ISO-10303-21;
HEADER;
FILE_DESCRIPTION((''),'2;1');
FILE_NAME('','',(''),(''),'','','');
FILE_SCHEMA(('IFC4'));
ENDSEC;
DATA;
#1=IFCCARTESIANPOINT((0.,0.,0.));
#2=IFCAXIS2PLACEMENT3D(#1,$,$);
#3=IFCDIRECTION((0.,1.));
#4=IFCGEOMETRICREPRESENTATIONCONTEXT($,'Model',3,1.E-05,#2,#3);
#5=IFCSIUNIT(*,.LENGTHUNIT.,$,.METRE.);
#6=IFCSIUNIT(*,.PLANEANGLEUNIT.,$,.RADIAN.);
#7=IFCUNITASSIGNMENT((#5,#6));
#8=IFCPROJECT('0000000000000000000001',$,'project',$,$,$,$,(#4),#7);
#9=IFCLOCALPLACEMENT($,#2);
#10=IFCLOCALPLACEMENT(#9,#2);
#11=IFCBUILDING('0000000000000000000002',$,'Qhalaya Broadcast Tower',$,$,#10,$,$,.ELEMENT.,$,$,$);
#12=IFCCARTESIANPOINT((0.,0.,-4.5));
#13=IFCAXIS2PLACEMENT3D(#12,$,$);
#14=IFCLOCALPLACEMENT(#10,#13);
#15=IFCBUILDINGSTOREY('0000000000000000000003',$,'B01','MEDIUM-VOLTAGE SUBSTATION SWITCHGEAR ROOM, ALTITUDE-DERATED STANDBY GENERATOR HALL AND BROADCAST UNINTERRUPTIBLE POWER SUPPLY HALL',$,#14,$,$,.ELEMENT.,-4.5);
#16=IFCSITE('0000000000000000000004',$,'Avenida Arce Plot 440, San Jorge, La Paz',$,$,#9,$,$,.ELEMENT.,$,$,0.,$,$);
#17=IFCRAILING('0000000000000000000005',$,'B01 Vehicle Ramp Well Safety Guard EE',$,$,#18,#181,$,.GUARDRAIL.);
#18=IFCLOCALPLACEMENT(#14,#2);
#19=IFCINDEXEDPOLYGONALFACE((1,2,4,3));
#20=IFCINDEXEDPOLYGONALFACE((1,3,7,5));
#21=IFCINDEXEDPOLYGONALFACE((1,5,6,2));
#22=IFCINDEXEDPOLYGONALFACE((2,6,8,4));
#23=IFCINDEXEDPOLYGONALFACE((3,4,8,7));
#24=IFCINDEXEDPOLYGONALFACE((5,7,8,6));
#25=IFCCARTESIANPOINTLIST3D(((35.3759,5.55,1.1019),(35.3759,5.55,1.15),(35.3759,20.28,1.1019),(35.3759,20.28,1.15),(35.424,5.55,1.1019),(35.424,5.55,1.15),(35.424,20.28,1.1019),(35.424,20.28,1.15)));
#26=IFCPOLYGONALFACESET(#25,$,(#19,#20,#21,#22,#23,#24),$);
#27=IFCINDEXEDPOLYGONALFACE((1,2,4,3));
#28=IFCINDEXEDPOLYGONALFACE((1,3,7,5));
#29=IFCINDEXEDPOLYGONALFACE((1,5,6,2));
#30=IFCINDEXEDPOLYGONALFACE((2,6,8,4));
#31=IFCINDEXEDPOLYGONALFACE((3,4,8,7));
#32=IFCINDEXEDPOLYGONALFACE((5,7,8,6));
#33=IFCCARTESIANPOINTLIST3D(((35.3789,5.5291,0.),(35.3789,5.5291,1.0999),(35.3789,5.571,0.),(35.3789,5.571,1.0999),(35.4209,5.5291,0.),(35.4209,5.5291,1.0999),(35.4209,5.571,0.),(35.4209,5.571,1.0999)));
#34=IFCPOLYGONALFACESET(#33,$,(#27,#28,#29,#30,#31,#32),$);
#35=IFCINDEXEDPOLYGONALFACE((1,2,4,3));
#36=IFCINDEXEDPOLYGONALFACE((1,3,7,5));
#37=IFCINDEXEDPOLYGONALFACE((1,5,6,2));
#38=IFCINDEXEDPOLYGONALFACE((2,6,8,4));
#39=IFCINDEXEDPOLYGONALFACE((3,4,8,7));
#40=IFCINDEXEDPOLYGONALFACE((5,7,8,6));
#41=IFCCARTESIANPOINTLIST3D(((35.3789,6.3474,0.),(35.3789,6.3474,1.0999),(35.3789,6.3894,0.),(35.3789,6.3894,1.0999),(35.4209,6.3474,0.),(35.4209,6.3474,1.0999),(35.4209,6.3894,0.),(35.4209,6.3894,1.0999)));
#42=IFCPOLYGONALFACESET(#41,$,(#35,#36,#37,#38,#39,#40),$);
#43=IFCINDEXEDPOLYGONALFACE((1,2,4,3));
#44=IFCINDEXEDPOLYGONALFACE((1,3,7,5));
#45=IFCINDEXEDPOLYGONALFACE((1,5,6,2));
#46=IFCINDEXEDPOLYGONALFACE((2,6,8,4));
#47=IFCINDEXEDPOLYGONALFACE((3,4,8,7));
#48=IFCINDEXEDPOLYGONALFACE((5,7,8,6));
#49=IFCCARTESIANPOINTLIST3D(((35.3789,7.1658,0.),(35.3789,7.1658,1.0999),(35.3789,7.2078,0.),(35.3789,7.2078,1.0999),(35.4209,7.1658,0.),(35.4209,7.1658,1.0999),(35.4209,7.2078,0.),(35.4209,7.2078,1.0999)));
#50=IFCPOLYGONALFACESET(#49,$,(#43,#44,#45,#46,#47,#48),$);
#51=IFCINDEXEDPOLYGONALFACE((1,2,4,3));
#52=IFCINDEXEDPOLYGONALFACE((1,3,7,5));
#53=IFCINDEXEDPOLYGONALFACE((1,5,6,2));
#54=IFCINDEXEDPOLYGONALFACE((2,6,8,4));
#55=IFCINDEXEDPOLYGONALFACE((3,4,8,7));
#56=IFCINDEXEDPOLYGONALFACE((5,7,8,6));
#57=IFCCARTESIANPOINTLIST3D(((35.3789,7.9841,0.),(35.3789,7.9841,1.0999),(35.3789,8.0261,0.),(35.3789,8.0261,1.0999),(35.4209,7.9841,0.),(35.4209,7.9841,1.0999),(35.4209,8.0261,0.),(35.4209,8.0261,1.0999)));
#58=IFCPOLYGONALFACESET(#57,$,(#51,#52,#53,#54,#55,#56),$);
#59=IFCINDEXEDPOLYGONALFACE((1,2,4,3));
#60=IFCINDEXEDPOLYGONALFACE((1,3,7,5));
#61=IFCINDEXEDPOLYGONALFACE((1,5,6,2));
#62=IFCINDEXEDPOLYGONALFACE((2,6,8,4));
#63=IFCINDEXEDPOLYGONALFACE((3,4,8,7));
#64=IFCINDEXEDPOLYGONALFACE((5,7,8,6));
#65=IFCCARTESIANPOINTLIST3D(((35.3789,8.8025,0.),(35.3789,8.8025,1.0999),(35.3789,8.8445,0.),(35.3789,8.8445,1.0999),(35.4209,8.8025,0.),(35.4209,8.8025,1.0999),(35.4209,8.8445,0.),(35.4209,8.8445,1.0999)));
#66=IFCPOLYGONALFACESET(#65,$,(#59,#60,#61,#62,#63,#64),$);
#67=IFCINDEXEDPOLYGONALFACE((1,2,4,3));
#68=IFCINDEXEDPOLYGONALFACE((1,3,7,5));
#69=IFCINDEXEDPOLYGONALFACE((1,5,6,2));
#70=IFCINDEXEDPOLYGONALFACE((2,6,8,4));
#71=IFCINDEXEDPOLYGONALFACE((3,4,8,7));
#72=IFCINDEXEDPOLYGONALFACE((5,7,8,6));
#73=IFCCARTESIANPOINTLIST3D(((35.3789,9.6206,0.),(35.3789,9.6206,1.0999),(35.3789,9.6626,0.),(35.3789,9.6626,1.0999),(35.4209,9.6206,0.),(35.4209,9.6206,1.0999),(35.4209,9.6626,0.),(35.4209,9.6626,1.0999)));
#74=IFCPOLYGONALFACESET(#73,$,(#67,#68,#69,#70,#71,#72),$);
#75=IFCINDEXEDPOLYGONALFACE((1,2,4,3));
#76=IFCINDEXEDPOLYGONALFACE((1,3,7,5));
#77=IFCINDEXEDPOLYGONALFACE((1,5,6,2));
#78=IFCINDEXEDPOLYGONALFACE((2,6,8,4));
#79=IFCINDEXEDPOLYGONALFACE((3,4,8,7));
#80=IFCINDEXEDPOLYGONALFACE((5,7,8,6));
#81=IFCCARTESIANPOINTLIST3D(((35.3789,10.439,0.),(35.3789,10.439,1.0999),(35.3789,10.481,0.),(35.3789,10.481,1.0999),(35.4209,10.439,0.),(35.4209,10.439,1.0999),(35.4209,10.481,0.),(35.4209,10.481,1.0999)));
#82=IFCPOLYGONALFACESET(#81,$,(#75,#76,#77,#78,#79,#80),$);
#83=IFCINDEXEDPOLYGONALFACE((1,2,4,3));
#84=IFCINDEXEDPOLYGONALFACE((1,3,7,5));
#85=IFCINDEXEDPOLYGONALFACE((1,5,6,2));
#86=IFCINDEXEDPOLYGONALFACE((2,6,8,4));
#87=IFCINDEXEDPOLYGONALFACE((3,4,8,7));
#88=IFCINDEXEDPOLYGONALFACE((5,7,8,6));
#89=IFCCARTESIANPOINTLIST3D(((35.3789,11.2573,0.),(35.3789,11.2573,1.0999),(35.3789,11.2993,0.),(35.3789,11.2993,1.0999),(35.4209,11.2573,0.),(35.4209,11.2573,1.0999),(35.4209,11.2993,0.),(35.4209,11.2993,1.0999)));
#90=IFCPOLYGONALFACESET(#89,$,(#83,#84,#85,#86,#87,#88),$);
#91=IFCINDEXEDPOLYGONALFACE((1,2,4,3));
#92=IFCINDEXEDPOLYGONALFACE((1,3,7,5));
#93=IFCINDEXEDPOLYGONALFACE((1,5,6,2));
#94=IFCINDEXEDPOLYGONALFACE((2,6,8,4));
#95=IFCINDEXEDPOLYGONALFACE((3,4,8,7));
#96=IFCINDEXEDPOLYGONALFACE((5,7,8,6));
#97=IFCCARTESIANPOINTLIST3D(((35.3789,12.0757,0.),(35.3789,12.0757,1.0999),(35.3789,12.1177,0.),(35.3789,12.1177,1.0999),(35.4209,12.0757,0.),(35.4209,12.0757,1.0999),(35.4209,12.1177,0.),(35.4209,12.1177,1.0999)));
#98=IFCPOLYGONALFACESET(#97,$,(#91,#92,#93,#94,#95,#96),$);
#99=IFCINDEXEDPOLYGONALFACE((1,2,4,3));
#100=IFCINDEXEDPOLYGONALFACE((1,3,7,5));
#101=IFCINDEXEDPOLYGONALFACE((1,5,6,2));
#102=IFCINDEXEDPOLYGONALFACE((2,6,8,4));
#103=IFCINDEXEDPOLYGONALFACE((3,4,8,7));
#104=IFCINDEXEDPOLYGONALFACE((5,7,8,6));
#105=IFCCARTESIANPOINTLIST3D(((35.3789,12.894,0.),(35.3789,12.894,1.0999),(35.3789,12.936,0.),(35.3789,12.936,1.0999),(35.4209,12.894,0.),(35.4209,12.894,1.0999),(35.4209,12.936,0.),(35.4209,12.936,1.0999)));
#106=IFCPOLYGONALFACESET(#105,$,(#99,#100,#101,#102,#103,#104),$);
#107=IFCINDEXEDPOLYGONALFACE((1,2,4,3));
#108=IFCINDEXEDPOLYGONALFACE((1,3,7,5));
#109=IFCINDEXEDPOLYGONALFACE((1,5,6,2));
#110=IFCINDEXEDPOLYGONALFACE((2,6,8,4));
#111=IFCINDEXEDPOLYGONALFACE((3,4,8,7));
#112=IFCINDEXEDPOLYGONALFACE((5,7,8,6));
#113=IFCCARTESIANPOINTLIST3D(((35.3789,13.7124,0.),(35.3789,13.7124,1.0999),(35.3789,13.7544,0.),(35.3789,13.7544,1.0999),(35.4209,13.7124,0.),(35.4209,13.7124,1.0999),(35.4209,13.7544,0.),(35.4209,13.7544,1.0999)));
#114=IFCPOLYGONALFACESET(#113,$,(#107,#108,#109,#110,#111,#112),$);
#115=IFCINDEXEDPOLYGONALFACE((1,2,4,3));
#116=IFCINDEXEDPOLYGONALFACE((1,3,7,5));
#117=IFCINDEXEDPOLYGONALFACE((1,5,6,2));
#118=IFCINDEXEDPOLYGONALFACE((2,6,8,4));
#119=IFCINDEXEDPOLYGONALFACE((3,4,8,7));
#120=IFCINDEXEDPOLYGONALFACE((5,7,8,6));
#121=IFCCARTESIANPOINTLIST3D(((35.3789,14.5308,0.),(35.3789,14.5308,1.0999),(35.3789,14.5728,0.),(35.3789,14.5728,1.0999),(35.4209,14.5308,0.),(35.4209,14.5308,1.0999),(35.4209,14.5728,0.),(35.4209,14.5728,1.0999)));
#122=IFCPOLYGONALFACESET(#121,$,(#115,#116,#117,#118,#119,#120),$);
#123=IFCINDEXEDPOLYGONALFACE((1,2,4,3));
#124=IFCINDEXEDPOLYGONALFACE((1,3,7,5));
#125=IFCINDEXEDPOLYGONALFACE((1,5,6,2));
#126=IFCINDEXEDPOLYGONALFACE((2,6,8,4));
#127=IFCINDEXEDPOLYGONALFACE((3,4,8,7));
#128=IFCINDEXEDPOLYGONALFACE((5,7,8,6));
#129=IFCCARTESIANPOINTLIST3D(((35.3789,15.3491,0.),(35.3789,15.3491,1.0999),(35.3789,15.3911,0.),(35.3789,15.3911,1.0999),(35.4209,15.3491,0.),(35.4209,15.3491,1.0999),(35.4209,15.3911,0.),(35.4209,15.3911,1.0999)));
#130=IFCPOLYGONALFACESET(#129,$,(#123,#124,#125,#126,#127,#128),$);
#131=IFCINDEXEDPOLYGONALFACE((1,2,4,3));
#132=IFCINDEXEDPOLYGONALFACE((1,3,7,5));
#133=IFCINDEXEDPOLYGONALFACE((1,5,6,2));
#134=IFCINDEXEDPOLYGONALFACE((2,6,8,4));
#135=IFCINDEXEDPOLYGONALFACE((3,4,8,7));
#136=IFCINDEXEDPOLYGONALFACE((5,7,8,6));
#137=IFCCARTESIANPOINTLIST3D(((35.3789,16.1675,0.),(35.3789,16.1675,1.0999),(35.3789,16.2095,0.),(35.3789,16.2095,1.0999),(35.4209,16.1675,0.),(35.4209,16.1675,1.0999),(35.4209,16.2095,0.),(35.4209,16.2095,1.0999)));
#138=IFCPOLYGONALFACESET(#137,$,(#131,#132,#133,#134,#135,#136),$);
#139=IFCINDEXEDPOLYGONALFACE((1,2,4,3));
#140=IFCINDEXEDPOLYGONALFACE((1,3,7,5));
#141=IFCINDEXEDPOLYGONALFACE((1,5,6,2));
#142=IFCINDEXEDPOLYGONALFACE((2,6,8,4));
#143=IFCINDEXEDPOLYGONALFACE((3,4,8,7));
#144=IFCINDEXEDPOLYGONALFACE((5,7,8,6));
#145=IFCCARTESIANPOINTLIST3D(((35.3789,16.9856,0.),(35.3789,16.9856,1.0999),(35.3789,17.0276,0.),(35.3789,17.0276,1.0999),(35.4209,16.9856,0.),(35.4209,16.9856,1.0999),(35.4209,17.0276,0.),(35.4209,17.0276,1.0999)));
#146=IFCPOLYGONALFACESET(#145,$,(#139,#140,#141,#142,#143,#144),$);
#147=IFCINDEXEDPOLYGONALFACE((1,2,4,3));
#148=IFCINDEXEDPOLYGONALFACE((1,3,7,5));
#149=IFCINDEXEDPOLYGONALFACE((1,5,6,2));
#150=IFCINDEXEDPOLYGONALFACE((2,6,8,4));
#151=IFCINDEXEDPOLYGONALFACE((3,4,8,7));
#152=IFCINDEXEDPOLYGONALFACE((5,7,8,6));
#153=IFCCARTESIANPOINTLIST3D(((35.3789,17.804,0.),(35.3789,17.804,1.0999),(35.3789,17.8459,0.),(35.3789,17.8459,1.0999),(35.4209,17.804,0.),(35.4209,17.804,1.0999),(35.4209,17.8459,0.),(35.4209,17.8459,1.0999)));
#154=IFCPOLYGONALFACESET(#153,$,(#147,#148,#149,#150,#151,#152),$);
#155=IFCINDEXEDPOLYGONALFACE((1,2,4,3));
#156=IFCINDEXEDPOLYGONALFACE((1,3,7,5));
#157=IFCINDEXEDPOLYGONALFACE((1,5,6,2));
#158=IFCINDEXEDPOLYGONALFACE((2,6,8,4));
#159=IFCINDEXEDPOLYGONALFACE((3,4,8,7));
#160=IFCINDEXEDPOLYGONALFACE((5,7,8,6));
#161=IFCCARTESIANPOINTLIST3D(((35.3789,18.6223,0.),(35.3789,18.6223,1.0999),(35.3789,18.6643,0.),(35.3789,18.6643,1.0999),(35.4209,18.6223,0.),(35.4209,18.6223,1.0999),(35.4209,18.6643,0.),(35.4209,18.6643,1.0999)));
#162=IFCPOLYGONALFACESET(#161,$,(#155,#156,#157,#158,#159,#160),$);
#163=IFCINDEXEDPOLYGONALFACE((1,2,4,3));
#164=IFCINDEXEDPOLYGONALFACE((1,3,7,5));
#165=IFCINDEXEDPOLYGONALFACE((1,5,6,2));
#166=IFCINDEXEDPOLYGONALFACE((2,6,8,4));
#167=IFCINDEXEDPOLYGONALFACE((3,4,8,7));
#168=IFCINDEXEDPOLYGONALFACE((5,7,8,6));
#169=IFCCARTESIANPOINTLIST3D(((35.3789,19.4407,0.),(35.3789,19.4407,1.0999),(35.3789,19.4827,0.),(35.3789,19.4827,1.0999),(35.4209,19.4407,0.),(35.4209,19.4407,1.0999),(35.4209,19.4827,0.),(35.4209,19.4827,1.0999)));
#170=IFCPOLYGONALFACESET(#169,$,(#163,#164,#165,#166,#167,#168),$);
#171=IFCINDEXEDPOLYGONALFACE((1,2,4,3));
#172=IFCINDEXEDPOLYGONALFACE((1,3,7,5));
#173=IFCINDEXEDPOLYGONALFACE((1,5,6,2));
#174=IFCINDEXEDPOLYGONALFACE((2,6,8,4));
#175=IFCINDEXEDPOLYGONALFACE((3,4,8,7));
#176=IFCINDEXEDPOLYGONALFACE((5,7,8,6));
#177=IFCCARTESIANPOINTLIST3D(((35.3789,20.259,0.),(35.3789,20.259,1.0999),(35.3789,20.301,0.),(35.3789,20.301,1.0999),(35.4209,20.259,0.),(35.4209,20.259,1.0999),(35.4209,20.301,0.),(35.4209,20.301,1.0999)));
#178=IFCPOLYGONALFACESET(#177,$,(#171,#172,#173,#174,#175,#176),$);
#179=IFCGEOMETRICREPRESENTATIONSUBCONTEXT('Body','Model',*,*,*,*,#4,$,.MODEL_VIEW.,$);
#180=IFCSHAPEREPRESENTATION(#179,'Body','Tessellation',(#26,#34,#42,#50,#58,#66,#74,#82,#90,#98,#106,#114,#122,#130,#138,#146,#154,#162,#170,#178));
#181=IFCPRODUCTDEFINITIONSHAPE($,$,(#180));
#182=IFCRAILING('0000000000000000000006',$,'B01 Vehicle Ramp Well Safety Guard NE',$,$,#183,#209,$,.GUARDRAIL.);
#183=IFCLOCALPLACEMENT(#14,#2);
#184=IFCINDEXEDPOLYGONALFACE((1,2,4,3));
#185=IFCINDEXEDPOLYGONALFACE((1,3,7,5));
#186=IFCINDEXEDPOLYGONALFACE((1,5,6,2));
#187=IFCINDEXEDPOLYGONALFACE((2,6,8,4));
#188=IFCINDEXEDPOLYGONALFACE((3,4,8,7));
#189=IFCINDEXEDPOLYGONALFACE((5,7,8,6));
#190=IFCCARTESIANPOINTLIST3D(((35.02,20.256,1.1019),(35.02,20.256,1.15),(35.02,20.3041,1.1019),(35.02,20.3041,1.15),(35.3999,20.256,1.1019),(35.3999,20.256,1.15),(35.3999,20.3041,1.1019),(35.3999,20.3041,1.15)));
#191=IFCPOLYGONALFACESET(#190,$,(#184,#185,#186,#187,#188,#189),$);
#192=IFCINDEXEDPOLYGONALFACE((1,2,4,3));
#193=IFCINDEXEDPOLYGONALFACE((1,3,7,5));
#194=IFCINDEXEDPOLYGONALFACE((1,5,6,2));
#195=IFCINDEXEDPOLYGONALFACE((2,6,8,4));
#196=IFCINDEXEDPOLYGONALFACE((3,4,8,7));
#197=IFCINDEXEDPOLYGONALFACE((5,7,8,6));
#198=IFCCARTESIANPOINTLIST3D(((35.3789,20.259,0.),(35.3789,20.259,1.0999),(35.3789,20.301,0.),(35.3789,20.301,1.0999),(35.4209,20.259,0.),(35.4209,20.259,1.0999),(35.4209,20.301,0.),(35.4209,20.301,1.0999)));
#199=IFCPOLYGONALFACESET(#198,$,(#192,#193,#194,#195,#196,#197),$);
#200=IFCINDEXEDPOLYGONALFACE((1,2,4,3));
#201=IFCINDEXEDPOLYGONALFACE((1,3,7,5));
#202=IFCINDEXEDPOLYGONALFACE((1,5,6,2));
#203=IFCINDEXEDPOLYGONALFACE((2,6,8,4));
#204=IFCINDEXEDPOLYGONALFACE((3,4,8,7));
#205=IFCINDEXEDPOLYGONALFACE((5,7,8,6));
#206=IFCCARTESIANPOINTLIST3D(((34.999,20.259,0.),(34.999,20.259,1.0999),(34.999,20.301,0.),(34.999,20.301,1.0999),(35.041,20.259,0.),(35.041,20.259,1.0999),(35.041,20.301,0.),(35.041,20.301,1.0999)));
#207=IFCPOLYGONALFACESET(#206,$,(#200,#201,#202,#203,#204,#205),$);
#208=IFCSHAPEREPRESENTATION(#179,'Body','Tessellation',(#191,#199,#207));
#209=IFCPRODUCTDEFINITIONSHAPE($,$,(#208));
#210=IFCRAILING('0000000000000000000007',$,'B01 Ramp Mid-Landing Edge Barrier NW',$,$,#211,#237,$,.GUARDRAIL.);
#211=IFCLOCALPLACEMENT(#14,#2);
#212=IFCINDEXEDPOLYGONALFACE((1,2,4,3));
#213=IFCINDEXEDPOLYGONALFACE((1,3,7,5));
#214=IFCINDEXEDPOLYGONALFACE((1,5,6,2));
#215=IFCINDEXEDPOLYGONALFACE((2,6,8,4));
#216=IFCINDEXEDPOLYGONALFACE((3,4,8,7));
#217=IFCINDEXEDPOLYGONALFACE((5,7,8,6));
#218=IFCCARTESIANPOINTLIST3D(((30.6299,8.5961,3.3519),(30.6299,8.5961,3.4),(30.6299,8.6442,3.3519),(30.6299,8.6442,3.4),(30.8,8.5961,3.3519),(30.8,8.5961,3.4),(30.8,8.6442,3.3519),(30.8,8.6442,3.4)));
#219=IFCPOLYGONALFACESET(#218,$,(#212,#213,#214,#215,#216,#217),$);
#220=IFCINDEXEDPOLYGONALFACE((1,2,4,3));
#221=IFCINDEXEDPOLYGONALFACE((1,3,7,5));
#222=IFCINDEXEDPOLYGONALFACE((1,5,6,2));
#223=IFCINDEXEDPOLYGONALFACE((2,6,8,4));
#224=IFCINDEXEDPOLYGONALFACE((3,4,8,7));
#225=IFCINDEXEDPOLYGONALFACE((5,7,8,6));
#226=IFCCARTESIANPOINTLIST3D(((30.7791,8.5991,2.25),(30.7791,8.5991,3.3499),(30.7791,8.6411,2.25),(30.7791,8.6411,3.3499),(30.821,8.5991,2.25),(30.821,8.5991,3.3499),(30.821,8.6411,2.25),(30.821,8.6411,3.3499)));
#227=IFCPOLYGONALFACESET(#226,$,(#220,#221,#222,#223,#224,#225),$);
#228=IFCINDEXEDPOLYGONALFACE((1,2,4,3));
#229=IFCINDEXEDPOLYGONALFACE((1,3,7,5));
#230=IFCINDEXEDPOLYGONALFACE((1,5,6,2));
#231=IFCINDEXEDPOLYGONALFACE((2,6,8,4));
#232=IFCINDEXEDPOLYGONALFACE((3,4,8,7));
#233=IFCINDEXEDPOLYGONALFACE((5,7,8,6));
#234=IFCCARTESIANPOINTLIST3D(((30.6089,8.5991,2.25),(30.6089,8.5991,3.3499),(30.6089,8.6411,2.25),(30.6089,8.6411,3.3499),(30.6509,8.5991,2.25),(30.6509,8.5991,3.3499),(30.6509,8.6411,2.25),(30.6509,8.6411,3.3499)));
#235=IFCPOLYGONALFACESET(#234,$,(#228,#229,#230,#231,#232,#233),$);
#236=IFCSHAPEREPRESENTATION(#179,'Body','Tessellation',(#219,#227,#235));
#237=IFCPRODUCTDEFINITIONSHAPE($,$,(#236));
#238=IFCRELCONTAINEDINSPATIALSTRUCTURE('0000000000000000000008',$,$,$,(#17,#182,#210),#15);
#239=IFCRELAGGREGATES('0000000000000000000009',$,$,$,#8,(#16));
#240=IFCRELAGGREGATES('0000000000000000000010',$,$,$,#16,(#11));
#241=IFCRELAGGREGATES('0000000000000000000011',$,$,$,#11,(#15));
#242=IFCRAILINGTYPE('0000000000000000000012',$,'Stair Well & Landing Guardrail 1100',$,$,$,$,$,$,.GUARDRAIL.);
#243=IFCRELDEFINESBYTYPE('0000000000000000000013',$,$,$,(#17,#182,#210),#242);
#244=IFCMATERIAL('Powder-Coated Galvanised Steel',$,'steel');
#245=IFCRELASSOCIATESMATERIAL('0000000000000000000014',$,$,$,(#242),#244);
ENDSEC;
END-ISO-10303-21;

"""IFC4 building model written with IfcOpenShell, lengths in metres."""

from ifc_helpers import new_model, si_unit, direction, frame, origin, origin_2d, place, context, subcontext, project, spatial, rectangle, extrude, material, type_object, element, save


model = new_model("IFC4")

# Units and contexts
model_context = context("Model", 3, precision=1e-05, world=origin(), true_north=direction((0.0, 1.0)))
body_context = subcontext(model_context, "Body", "Model", "MODEL_VIEW")
ifc_project = project(units=[si_unit("LENGTHUNIT", "METRE"), si_unit("PLANEANGLEUNIT", "RADIAN")], contexts=[model_context])

# Site, building, storey
site_placement = place(None, origin())
site = spatial("IfcSite", under=ifc_project, at=site_placement, Name="Avenida Arce Plot 440, San Jorge, La Paz", CompositionType="ELEMENT", RefElevation=0.0)
building_placement = place(site_placement, origin())
building = spatial("IfcBuilding", under=site, at=building_placement, Name="Qhalaya Broadcast Tower", CompositionType="ELEMENT")
storey_placement = place(building_placement, frame((0.0, 0.0, -4.5)))
storey = spatial("IfcBuildingStorey", under=building, at=storey_placement, Name="B01", Description="MEDIUM-VOLTAGE SUBSTATION SWITCHGEAR ROOM, ALTITUDE-DERATED STANDBY GENERATOR HALL AND BROADCAST UNINTERRUPTIBLE POWER SUPPLY HALL", CompositionType="ELEMENT", Elevation=-4.5)

# Railings
ifc_material_1 = material(Name="Powder-Coated Galvanised Steel", Category="steel")
railing_type = type_object("IfcRailingType", Name="Stair Well & Landing Guardrail 1100", PredefinedType="GUARDRAIL", material=ifc_material_1)
railing_1_placement = place(storey_placement, frame((35.3999, 5.55, 0.0)))
element("IfcRailing", 1, at=railing_1_placement, inside=storey, type_object=railing_type, Name="B01 Vehicle Ramp Well Safety Guard EE", PredefinedType="GUARDRAIL", context=body_context, shape_type="SweptSolid", body=[
    extrude(rectangle(XDim=0.0481, YDim=0.0481, at=origin_2d()), frame((0.0, 0.0, 1.126), z_axis=(0.0, 1.0, 0.0), x_axis=(-1.0, 0.0, 0.0)), (0.0, 0.0, 1.0), 14.73),
    extrude(rectangle(XDim=0.042, YDim=0.042, at=origin_2d()), origin(), (0.0, 0.0, 1.0), 1.0999),
    extrude(rectangle(XDim=0.042, YDim=0.042, at=origin_2d()), frame((0.0, 0.8184, 0.0)), (0.0, 0.0, 1.0), 1.0999),
    extrude(rectangle(XDim=0.042, YDim=0.042, at=origin_2d()), frame((0.0, 1.6367, 0.0)), (0.0, 0.0, 1.0), 1.0999),
    extrude(rectangle(XDim=0.042, YDim=0.042, at=origin_2d()), frame((0.0, 2.4551, 0.0)), (0.0, 0.0, 1.0), 1.0999),
    extrude(rectangle(XDim=0.042, YDim=0.042, at=origin_2d()), frame((0.0, 3.2734, 0.0)), (0.0, 0.0, 1.0), 1.0999),
    extrude(rectangle(XDim=0.042, YDim=0.042, at=origin_2d()), frame((0.0, 4.0916, 0.0)), (0.0, 0.0, 1.0), 1.0999),
    extrude(rectangle(XDim=0.042, YDim=0.042, at=origin_2d()), frame((0.0, 4.9099, 0.0)), (0.0, 0.0, 1.0), 1.0999),
    extrude(rectangle(XDim=0.042, YDim=0.042, at=origin_2d()), frame((0.0, 5.7283, 0.0)), (0.0, 0.0, 1.0), 1.0999),
    extrude(rectangle(XDim=0.042, YDim=0.042, at=origin_2d()), frame((0.0, 6.5466, 0.0)), (0.0, 0.0, 1.0), 1.0999),
    extrude(rectangle(XDim=0.042, YDim=0.042, at=origin_2d()), frame((0.0, 7.365, 0.0)), (0.0, 0.0, 1.0), 1.0999),
    extrude(rectangle(XDim=0.042, YDim=0.042, at=origin_2d()), frame((0.0, 8.1833, 0.0)), (0.0, 0.0, 1.0), 1.0999),
    extrude(rectangle(XDim=0.042, YDim=0.042, at=origin_2d()), frame((0.0, 9.0017, 0.0)), (0.0, 0.0, 1.0), 1.0999),
    extrude(rectangle(XDim=0.042, YDim=0.042, at=origin_2d()), frame((0.0, 9.8201, 0.0)), (0.0, 0.0, 1.0), 1.0999),
    extrude(rectangle(XDim=0.042, YDim=0.042, at=origin_2d()), frame((0.0, 10.6384, 0.0)), (0.0, 0.0, 1.0), 1.0999),
    extrude(rectangle(XDim=0.042, YDim=0.042, at=origin_2d()), frame((0.0, 11.4565, 0.0)), (0.0, 0.0, 1.0), 1.0999),
    extrude(rectangle(XDim=0.042, YDim=0.042, at=origin_2d()), frame((0.0, 12.2749, 0.0)), (0.0, 0.0, 1.0), 1.0999),
    extrude(rectangle(XDim=0.042, YDim=0.042, at=origin_2d()), frame((0.0, 13.0933, 0.0)), (0.0, 0.0, 1.0), 1.0999),
    extrude(rectangle(XDim=0.042, YDim=0.042, at=origin_2d()), frame((0.0, 13.9116, 0.0)), (0.0, 0.0, 1.0), 1.0999),
    extrude(rectangle(XDim=0.042, YDim=0.042, at=origin_2d()), frame((0.0, 14.73, 0.0)), (0.0, 0.0, 1.0), 1.0999),
])
railing_2_placement = place(storey_placement, frame((35.3999, 20.28, 0.0)))
element("IfcRailing", 2, at=railing_2_placement, inside=storey, type_object=railing_type, Name="B01 Vehicle Ramp Well Safety Guard NE", PredefinedType="GUARDRAIL", context=body_context, shape_type="SweptSolid", body=[
    extrude(rectangle(XDim=0.0481, YDim=0.0481, at=origin_2d()), frame((0.0, 0.0, 1.126), z_axis=(-1.0, 0.0, 0.0), x_axis=(0.0, -1.0, 0.0)), (0.0, 0.0, 1.0), 0.3799),
    extrude(rectangle(XDim=0.042, YDim=0.042, at=origin_2d()), origin(), (0.0, 0.0, 1.0), 1.0999),
    extrude(rectangle(XDim=0.042, YDim=0.042, at=origin_2d()), frame((-0.3799, 0.0, 0.0)), (0.0, 0.0, 1.0), 1.0999),
])
railing_3_placement = place(storey_placement, frame((30.8, 8.6201, 2.25)))
element("IfcRailing", 3, at=railing_3_placement, inside=storey, type_object=railing_type, Name="B01 Ramp Mid-Landing Edge Barrier NW", PredefinedType="GUARDRAIL", context=body_context, shape_type="SweptSolid", body=[
    extrude(rectangle(XDim=0.0481, YDim=0.0481, at=origin_2d()), frame((0.0, 0.0, 1.126), z_axis=(-1.0, 0.0, 0.0), x_axis=(0.0, -1.0, 0.0)), (0.0, 0.0, 1.0), 0.1702),
    extrude(rectangle(XDim=0.042, YDim=0.042, at=origin_2d()), origin(), (0.0, 0.0, 1.0), 1.0999),
    extrude(rectangle(XDim=0.042, YDim=0.042, at=origin_2d()), frame((-0.1702, 0.0, 0.0)), (0.0, 0.0, 1.0), 1.0999),
])

save(model, "model.ifc")
